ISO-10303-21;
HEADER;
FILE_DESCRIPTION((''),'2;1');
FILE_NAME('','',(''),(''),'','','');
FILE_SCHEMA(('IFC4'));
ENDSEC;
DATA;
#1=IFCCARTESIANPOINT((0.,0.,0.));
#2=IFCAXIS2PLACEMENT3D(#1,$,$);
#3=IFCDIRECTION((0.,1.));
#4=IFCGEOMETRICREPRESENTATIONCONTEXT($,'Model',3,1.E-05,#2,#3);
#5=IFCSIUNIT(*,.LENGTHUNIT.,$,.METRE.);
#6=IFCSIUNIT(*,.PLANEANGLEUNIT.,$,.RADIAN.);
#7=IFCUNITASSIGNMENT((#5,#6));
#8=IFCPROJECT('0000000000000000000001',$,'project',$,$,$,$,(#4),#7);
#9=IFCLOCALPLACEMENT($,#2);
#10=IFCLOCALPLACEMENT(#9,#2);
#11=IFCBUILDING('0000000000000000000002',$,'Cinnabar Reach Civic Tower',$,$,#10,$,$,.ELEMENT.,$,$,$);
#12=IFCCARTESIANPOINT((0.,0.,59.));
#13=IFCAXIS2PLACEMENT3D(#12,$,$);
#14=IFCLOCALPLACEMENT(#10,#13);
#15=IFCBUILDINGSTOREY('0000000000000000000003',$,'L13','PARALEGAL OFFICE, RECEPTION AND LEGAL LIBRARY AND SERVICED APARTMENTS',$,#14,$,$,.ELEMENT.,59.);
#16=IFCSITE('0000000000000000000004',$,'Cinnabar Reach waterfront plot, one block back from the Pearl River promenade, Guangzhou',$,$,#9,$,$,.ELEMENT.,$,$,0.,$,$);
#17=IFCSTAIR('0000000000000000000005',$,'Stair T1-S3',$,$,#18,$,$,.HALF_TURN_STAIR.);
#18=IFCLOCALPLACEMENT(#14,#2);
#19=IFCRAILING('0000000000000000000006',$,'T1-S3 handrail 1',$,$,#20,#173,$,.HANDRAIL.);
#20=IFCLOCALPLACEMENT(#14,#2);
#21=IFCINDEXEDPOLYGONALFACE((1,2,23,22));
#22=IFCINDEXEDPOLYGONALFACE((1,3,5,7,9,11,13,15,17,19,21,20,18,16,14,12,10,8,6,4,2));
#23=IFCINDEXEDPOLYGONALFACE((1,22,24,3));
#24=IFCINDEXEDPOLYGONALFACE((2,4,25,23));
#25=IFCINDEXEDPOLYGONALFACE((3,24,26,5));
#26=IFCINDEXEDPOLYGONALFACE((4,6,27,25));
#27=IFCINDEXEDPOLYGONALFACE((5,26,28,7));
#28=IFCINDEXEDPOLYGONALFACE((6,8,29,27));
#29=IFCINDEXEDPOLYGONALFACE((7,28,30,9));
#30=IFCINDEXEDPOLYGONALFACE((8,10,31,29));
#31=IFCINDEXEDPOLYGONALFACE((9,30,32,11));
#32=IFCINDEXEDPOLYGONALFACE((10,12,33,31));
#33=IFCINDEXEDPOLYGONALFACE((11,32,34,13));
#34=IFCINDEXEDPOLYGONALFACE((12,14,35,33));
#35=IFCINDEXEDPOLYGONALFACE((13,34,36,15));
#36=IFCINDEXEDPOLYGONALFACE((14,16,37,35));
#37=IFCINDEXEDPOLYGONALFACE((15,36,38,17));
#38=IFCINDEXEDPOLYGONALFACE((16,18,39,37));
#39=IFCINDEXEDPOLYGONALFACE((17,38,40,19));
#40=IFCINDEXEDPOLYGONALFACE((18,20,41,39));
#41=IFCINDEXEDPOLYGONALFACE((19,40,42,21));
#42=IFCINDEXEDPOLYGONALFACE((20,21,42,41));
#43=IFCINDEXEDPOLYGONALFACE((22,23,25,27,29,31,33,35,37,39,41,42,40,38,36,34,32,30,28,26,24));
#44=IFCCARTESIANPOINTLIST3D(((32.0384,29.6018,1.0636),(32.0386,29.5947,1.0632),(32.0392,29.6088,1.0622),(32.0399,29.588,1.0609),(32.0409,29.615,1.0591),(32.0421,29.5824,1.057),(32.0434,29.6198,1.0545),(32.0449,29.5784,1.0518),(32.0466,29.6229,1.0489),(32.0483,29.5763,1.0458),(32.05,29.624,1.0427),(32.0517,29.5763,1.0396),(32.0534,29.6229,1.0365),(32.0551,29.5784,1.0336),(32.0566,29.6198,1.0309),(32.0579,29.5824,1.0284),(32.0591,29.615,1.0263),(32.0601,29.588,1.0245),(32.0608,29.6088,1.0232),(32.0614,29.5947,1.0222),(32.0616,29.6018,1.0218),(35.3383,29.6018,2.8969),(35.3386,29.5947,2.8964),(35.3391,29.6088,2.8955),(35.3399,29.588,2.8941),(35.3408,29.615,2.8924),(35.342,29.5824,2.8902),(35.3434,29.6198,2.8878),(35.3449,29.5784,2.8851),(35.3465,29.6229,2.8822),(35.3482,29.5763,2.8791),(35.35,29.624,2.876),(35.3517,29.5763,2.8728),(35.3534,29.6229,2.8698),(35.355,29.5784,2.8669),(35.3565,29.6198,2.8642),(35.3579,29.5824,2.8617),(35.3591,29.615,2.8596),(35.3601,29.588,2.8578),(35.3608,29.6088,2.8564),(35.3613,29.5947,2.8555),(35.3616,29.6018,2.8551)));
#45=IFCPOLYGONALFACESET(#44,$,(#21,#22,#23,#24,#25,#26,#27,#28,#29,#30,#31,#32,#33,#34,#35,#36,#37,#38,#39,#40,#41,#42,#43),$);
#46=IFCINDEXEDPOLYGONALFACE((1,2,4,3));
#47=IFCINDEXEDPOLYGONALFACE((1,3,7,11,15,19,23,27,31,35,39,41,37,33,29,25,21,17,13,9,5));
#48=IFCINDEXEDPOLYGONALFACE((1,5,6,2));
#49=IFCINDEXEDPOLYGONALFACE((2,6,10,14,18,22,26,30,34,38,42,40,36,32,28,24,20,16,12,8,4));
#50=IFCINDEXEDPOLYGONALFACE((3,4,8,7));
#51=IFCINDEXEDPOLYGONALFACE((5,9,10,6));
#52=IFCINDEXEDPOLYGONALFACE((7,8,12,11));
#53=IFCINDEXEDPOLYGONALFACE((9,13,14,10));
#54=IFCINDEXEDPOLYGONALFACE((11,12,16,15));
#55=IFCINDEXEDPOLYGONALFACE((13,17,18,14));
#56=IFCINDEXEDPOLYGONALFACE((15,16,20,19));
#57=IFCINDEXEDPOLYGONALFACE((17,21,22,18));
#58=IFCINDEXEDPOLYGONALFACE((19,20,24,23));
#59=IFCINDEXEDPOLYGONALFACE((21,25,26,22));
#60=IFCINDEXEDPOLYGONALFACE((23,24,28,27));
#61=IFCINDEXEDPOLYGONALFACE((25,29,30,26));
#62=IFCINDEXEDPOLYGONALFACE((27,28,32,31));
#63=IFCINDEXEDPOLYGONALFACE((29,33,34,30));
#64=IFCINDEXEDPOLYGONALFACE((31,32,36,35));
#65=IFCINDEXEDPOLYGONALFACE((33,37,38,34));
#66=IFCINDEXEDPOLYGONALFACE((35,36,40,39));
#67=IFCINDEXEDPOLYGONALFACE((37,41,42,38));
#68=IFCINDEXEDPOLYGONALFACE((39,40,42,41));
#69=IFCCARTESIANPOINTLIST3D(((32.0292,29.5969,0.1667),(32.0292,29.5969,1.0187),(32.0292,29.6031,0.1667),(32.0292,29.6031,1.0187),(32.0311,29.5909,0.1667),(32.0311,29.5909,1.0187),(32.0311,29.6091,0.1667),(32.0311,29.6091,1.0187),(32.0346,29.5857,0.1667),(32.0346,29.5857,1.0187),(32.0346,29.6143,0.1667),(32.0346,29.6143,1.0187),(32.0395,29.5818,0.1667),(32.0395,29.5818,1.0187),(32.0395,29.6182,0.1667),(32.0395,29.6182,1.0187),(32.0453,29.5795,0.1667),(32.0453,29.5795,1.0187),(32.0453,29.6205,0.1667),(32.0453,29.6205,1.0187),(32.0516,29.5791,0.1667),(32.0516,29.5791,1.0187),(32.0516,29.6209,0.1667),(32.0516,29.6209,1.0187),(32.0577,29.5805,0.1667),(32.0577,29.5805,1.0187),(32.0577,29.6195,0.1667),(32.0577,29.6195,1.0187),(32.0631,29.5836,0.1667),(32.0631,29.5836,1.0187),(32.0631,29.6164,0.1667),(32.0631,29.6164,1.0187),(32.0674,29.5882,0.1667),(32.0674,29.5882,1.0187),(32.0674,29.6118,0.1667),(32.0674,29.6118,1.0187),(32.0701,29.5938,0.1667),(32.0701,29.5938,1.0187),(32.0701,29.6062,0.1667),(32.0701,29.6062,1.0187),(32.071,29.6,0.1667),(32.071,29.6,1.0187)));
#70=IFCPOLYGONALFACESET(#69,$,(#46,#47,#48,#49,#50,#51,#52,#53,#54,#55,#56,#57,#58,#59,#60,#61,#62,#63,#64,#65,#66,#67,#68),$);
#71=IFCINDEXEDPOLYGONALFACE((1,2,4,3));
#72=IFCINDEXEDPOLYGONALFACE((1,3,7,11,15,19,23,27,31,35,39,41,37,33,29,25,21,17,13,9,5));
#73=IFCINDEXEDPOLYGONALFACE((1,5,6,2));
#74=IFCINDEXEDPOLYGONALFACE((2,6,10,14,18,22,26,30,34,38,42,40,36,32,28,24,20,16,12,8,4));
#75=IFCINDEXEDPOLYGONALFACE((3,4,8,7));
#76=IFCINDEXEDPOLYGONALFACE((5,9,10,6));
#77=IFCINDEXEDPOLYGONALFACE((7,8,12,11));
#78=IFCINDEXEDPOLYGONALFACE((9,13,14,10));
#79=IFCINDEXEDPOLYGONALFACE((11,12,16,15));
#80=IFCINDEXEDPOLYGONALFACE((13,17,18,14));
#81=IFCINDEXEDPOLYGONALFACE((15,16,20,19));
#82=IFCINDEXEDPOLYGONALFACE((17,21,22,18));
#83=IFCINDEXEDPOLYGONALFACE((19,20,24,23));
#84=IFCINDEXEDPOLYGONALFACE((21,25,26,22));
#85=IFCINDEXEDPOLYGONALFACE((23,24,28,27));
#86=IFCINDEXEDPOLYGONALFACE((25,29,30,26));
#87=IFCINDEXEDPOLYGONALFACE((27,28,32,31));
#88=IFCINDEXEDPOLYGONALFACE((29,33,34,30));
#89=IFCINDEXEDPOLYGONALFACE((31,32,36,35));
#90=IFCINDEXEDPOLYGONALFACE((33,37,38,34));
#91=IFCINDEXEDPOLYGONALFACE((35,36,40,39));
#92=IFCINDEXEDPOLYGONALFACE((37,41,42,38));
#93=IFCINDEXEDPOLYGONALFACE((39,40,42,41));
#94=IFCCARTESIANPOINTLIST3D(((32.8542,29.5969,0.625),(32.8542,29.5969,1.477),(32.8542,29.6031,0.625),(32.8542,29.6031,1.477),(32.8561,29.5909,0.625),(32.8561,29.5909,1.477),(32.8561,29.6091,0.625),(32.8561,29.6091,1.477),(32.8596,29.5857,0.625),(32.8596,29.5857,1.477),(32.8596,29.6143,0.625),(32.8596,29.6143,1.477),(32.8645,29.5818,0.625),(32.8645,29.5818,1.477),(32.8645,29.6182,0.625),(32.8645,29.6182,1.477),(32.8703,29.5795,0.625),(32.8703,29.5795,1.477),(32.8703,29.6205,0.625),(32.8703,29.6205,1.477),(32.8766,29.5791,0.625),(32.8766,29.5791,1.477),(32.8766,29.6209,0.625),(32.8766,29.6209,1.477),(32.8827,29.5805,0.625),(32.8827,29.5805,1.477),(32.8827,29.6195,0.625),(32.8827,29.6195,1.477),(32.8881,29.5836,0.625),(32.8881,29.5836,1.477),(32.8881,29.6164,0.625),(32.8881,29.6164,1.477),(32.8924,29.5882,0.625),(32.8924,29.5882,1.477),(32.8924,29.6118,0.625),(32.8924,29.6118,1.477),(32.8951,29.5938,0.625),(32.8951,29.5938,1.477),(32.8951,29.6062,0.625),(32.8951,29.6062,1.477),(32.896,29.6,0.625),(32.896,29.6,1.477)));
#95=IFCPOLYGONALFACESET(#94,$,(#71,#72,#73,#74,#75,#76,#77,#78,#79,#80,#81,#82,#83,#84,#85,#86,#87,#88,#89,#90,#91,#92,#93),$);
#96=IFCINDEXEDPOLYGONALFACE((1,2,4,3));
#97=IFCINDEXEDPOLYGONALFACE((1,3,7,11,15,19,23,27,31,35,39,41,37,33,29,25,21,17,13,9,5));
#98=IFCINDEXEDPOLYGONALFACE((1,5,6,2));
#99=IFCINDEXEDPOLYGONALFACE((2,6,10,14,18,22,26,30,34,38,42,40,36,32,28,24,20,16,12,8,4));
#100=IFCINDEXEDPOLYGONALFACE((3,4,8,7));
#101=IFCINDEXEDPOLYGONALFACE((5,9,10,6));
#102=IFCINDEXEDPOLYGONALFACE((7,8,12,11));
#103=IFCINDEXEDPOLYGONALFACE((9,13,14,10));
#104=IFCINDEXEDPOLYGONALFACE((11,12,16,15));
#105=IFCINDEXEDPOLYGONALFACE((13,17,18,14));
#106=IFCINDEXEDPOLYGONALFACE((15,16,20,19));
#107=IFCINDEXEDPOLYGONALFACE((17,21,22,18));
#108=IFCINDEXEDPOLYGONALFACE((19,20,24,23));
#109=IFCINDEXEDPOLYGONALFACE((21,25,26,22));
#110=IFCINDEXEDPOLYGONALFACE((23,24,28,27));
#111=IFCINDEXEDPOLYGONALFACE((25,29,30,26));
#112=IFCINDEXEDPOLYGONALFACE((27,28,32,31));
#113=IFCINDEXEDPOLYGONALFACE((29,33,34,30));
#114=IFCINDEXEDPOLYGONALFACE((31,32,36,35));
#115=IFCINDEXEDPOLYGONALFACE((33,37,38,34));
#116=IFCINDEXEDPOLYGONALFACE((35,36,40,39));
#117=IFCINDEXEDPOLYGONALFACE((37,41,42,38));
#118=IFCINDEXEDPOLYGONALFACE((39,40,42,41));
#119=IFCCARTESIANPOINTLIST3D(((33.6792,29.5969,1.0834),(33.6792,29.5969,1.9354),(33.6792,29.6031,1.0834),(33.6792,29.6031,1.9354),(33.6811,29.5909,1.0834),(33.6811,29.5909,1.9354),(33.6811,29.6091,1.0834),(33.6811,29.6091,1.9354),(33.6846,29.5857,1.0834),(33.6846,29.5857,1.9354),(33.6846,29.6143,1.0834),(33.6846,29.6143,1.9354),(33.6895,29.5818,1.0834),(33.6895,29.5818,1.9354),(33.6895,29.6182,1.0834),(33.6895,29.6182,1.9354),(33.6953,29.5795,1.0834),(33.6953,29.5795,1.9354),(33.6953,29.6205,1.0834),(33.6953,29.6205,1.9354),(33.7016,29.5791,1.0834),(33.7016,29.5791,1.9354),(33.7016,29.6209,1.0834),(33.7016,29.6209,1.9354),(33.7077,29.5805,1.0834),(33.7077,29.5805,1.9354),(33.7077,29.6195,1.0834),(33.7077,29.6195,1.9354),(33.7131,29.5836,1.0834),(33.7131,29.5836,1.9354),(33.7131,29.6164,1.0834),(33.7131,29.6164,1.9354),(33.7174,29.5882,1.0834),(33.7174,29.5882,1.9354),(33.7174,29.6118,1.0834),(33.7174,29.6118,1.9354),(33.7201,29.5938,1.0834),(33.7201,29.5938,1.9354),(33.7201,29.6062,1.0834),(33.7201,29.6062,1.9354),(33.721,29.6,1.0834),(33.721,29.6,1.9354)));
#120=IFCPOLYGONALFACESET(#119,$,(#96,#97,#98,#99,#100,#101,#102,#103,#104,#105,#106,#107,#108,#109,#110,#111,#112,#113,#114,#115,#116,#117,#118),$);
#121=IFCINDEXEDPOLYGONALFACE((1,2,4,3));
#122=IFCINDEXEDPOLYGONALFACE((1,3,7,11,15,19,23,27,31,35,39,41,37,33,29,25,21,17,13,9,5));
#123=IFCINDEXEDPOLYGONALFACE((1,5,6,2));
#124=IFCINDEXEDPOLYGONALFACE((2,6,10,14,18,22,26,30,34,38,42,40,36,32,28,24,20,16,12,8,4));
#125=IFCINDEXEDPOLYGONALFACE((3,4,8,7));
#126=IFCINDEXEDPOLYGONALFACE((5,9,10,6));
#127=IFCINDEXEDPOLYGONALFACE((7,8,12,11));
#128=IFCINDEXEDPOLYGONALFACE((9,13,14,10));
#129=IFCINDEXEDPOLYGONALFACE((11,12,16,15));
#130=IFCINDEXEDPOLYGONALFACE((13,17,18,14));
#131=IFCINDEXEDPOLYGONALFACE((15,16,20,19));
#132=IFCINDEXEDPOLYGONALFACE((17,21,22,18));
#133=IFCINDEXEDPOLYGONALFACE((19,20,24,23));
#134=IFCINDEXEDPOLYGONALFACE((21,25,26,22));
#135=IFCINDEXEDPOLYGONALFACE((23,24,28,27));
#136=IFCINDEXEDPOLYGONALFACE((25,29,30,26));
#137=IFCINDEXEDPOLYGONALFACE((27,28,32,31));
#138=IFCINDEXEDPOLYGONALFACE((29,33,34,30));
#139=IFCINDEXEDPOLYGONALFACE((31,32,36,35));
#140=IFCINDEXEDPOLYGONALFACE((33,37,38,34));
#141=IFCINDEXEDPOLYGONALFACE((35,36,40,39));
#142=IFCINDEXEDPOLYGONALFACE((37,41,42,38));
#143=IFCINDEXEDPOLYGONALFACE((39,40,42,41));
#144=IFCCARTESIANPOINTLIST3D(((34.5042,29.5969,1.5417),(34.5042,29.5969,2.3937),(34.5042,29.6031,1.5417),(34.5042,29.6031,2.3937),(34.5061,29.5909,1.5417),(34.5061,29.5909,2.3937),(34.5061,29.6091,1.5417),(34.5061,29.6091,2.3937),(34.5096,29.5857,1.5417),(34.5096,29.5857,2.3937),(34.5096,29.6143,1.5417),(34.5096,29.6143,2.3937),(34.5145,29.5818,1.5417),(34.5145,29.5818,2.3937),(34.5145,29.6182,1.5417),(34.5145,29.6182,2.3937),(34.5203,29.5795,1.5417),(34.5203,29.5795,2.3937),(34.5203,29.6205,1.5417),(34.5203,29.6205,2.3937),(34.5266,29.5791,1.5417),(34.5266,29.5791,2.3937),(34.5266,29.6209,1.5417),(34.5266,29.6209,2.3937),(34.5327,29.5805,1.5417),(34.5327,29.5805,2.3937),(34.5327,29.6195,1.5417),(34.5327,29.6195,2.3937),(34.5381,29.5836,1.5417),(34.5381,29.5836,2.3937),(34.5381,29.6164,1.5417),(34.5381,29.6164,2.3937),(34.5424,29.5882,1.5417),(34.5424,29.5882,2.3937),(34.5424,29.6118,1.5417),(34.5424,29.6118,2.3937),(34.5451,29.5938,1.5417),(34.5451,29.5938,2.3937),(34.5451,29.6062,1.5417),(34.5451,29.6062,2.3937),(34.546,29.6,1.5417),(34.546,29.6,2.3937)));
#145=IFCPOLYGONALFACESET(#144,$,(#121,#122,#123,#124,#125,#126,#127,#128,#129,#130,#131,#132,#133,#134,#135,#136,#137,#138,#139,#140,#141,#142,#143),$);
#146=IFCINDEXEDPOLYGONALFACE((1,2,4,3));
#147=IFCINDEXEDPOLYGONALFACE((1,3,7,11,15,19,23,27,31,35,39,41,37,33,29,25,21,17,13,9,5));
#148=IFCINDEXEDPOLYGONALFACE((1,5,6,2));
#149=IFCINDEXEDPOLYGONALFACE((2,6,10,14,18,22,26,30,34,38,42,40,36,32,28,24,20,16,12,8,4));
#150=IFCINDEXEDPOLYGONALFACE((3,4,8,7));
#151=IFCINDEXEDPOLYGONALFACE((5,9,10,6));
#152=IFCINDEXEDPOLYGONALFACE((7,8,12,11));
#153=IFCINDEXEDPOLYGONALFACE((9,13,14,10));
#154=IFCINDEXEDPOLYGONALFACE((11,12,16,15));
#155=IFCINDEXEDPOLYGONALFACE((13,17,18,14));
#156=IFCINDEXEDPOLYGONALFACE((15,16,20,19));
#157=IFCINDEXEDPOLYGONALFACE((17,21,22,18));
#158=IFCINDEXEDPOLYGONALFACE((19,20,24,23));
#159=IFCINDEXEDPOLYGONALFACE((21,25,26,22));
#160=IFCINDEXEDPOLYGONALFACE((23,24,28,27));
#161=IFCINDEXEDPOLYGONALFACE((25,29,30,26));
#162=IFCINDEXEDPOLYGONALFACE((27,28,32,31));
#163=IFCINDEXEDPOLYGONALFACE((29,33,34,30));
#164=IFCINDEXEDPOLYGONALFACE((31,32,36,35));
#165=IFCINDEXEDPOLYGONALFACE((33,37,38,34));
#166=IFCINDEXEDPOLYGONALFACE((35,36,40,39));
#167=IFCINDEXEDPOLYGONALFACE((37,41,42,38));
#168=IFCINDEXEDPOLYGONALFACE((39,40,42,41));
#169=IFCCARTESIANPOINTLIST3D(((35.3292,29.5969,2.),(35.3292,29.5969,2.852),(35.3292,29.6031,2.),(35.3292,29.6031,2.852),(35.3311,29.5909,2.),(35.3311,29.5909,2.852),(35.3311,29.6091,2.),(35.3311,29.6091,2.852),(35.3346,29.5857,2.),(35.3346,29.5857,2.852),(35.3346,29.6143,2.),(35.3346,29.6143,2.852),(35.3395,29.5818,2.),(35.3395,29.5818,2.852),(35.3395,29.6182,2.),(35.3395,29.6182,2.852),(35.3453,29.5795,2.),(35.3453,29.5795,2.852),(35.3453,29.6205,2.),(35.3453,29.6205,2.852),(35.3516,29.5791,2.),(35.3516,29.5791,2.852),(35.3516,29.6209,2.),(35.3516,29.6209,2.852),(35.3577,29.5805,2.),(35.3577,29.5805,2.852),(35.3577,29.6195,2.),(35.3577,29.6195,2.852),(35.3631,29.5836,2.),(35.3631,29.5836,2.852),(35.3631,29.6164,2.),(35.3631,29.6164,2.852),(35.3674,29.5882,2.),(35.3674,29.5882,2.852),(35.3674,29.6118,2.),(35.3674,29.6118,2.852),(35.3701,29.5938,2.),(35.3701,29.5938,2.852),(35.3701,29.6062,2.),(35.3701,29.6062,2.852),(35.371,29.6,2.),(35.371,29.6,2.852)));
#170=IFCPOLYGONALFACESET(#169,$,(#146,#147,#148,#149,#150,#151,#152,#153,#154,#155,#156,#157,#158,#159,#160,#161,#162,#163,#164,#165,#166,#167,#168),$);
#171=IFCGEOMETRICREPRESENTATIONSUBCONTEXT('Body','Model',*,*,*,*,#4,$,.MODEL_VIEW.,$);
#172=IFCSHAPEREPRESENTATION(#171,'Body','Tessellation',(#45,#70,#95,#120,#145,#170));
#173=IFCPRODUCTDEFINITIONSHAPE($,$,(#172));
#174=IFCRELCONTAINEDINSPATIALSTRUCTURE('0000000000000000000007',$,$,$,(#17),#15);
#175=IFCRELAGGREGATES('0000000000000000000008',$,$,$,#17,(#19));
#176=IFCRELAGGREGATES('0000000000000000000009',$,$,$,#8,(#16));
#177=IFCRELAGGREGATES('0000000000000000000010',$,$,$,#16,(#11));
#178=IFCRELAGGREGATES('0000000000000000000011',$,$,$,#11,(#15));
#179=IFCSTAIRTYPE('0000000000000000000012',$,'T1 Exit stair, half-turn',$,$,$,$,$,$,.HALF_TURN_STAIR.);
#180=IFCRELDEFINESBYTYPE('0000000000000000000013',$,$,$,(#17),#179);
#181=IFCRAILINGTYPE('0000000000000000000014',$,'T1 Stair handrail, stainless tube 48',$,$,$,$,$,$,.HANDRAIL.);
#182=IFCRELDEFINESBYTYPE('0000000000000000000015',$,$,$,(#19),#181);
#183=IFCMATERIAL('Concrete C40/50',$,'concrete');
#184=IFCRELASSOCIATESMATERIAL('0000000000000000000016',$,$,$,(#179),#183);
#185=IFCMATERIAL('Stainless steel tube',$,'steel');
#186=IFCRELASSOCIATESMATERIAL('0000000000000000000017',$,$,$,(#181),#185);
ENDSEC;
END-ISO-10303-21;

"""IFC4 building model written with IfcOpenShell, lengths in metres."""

from ifc_helpers import new_model, si_unit, direction, frame, origin, origin_2d, place, context, subcontext, project, spatial, circle, extrude, material, type_object, element, aggregate, save


model = new_model("IFC4")

# Units and contexts
model_context = context("Model", 3, precision=1e-05, world=origin(), true_north=direction((0.0, 1.0)))
body_context = subcontext(model_context, "Body", "Model", "MODEL_VIEW")
ifc_project = project(units=[si_unit("LENGTHUNIT", "METRE"), si_unit("PLANEANGLEUNIT", "RADIAN")], contexts=[model_context])

# Site, building, storey
site_placement = place(None, origin())
site = spatial("IfcSite", under=ifc_project, at=site_placement, Name="Cinnabar Reach waterfront plot, one block back from the Pearl River promenade, Guangzhou", CompositionType="ELEMENT", RefElevation=0.0)
building_placement = place(site_placement, origin())
building = spatial("IfcBuilding", under=site, at=building_placement, Name="Cinnabar Reach Civic Tower", CompositionType="ELEMENT")
storey_placement = place(building_placement, frame((0.0, 0.0, 59.0)))
storey = spatial("IfcBuildingStorey", under=building, at=storey_placement, Name="L13", Description="PARALEGAL OFFICE, RECEPTION AND LEGAL LIBRARY AND SERVICED APARTMENTS", CompositionType="ELEMENT", Elevation=59.0)

# Stair, railing
ifc_material_1 = material(Name="Concrete C40/50", Category="concrete")
stair_type = type_object("IfcStairType", Name="T1 Exit stair, half-turn", PredefinedType="HALF_TURN_STAIR", material=ifc_material_1)
stair_placement = place(storey_placement, origin())
stair = element("IfcStair", 1, at=stair_placement, inside=storey, type_object=stair_type, Name="Stair T1-S3", PredefinedType="HALF_TURN_STAIR")
ifc_material_2 = material(Name="Stainless steel tube", Category="steel")
railing_type = type_object("IfcRailingType", Name="T1 Stair handrail, stainless tube 48", PredefinedType="HANDRAIL", material=ifc_material_2)
railing_1_placement = place(storey_placement, frame((32.05, 29.6, 0.1667)))
railing_1 = element("IfcRailing", 2, at=railing_1_placement, type_object=railing_type, Name="T1-S3 handrail 1", PredefinedType="HANDRAIL", context=body_context, shape_type="SweptSolid", body=[
    extrude(circle(Radius=0.024, at=origin_2d()), frame((0.0, 0.0, 0.876), z_axis=(0.874161, 0.0, 0.485636), x_axis=(0.0, 1.0, 0.0)), (0.0, 0.0, 1.0), 3.775),
    extrude(circle(Radius=0.021, at=origin_2d()), origin(), (0.0, 0.0, 1.0), 0.852),
    extrude(circle(Radius=0.021, at=origin_2d()), frame((0.825, 0.0, 0.4583)), (0.0, 0.0, 1.0), 0.852),
    extrude(circle(Radius=0.021, at=origin_2d()), frame((1.65, 0.0, 0.9167)), (0.0, 0.0, 1.0), 0.852),
    extrude(circle(Radius=0.021, at=origin_2d()), frame((2.475, 0.0, 1.375)), (0.0, 0.0, 1.0), 0.852),
    extrude(circle(Radius=0.021, at=origin_2d()), frame((3.3, 0.0, 1.8333)), (0.0, 0.0, 1.0), 0.852),
])
aggregate(stair, [railing_1])

save(model, "model.ifc")
